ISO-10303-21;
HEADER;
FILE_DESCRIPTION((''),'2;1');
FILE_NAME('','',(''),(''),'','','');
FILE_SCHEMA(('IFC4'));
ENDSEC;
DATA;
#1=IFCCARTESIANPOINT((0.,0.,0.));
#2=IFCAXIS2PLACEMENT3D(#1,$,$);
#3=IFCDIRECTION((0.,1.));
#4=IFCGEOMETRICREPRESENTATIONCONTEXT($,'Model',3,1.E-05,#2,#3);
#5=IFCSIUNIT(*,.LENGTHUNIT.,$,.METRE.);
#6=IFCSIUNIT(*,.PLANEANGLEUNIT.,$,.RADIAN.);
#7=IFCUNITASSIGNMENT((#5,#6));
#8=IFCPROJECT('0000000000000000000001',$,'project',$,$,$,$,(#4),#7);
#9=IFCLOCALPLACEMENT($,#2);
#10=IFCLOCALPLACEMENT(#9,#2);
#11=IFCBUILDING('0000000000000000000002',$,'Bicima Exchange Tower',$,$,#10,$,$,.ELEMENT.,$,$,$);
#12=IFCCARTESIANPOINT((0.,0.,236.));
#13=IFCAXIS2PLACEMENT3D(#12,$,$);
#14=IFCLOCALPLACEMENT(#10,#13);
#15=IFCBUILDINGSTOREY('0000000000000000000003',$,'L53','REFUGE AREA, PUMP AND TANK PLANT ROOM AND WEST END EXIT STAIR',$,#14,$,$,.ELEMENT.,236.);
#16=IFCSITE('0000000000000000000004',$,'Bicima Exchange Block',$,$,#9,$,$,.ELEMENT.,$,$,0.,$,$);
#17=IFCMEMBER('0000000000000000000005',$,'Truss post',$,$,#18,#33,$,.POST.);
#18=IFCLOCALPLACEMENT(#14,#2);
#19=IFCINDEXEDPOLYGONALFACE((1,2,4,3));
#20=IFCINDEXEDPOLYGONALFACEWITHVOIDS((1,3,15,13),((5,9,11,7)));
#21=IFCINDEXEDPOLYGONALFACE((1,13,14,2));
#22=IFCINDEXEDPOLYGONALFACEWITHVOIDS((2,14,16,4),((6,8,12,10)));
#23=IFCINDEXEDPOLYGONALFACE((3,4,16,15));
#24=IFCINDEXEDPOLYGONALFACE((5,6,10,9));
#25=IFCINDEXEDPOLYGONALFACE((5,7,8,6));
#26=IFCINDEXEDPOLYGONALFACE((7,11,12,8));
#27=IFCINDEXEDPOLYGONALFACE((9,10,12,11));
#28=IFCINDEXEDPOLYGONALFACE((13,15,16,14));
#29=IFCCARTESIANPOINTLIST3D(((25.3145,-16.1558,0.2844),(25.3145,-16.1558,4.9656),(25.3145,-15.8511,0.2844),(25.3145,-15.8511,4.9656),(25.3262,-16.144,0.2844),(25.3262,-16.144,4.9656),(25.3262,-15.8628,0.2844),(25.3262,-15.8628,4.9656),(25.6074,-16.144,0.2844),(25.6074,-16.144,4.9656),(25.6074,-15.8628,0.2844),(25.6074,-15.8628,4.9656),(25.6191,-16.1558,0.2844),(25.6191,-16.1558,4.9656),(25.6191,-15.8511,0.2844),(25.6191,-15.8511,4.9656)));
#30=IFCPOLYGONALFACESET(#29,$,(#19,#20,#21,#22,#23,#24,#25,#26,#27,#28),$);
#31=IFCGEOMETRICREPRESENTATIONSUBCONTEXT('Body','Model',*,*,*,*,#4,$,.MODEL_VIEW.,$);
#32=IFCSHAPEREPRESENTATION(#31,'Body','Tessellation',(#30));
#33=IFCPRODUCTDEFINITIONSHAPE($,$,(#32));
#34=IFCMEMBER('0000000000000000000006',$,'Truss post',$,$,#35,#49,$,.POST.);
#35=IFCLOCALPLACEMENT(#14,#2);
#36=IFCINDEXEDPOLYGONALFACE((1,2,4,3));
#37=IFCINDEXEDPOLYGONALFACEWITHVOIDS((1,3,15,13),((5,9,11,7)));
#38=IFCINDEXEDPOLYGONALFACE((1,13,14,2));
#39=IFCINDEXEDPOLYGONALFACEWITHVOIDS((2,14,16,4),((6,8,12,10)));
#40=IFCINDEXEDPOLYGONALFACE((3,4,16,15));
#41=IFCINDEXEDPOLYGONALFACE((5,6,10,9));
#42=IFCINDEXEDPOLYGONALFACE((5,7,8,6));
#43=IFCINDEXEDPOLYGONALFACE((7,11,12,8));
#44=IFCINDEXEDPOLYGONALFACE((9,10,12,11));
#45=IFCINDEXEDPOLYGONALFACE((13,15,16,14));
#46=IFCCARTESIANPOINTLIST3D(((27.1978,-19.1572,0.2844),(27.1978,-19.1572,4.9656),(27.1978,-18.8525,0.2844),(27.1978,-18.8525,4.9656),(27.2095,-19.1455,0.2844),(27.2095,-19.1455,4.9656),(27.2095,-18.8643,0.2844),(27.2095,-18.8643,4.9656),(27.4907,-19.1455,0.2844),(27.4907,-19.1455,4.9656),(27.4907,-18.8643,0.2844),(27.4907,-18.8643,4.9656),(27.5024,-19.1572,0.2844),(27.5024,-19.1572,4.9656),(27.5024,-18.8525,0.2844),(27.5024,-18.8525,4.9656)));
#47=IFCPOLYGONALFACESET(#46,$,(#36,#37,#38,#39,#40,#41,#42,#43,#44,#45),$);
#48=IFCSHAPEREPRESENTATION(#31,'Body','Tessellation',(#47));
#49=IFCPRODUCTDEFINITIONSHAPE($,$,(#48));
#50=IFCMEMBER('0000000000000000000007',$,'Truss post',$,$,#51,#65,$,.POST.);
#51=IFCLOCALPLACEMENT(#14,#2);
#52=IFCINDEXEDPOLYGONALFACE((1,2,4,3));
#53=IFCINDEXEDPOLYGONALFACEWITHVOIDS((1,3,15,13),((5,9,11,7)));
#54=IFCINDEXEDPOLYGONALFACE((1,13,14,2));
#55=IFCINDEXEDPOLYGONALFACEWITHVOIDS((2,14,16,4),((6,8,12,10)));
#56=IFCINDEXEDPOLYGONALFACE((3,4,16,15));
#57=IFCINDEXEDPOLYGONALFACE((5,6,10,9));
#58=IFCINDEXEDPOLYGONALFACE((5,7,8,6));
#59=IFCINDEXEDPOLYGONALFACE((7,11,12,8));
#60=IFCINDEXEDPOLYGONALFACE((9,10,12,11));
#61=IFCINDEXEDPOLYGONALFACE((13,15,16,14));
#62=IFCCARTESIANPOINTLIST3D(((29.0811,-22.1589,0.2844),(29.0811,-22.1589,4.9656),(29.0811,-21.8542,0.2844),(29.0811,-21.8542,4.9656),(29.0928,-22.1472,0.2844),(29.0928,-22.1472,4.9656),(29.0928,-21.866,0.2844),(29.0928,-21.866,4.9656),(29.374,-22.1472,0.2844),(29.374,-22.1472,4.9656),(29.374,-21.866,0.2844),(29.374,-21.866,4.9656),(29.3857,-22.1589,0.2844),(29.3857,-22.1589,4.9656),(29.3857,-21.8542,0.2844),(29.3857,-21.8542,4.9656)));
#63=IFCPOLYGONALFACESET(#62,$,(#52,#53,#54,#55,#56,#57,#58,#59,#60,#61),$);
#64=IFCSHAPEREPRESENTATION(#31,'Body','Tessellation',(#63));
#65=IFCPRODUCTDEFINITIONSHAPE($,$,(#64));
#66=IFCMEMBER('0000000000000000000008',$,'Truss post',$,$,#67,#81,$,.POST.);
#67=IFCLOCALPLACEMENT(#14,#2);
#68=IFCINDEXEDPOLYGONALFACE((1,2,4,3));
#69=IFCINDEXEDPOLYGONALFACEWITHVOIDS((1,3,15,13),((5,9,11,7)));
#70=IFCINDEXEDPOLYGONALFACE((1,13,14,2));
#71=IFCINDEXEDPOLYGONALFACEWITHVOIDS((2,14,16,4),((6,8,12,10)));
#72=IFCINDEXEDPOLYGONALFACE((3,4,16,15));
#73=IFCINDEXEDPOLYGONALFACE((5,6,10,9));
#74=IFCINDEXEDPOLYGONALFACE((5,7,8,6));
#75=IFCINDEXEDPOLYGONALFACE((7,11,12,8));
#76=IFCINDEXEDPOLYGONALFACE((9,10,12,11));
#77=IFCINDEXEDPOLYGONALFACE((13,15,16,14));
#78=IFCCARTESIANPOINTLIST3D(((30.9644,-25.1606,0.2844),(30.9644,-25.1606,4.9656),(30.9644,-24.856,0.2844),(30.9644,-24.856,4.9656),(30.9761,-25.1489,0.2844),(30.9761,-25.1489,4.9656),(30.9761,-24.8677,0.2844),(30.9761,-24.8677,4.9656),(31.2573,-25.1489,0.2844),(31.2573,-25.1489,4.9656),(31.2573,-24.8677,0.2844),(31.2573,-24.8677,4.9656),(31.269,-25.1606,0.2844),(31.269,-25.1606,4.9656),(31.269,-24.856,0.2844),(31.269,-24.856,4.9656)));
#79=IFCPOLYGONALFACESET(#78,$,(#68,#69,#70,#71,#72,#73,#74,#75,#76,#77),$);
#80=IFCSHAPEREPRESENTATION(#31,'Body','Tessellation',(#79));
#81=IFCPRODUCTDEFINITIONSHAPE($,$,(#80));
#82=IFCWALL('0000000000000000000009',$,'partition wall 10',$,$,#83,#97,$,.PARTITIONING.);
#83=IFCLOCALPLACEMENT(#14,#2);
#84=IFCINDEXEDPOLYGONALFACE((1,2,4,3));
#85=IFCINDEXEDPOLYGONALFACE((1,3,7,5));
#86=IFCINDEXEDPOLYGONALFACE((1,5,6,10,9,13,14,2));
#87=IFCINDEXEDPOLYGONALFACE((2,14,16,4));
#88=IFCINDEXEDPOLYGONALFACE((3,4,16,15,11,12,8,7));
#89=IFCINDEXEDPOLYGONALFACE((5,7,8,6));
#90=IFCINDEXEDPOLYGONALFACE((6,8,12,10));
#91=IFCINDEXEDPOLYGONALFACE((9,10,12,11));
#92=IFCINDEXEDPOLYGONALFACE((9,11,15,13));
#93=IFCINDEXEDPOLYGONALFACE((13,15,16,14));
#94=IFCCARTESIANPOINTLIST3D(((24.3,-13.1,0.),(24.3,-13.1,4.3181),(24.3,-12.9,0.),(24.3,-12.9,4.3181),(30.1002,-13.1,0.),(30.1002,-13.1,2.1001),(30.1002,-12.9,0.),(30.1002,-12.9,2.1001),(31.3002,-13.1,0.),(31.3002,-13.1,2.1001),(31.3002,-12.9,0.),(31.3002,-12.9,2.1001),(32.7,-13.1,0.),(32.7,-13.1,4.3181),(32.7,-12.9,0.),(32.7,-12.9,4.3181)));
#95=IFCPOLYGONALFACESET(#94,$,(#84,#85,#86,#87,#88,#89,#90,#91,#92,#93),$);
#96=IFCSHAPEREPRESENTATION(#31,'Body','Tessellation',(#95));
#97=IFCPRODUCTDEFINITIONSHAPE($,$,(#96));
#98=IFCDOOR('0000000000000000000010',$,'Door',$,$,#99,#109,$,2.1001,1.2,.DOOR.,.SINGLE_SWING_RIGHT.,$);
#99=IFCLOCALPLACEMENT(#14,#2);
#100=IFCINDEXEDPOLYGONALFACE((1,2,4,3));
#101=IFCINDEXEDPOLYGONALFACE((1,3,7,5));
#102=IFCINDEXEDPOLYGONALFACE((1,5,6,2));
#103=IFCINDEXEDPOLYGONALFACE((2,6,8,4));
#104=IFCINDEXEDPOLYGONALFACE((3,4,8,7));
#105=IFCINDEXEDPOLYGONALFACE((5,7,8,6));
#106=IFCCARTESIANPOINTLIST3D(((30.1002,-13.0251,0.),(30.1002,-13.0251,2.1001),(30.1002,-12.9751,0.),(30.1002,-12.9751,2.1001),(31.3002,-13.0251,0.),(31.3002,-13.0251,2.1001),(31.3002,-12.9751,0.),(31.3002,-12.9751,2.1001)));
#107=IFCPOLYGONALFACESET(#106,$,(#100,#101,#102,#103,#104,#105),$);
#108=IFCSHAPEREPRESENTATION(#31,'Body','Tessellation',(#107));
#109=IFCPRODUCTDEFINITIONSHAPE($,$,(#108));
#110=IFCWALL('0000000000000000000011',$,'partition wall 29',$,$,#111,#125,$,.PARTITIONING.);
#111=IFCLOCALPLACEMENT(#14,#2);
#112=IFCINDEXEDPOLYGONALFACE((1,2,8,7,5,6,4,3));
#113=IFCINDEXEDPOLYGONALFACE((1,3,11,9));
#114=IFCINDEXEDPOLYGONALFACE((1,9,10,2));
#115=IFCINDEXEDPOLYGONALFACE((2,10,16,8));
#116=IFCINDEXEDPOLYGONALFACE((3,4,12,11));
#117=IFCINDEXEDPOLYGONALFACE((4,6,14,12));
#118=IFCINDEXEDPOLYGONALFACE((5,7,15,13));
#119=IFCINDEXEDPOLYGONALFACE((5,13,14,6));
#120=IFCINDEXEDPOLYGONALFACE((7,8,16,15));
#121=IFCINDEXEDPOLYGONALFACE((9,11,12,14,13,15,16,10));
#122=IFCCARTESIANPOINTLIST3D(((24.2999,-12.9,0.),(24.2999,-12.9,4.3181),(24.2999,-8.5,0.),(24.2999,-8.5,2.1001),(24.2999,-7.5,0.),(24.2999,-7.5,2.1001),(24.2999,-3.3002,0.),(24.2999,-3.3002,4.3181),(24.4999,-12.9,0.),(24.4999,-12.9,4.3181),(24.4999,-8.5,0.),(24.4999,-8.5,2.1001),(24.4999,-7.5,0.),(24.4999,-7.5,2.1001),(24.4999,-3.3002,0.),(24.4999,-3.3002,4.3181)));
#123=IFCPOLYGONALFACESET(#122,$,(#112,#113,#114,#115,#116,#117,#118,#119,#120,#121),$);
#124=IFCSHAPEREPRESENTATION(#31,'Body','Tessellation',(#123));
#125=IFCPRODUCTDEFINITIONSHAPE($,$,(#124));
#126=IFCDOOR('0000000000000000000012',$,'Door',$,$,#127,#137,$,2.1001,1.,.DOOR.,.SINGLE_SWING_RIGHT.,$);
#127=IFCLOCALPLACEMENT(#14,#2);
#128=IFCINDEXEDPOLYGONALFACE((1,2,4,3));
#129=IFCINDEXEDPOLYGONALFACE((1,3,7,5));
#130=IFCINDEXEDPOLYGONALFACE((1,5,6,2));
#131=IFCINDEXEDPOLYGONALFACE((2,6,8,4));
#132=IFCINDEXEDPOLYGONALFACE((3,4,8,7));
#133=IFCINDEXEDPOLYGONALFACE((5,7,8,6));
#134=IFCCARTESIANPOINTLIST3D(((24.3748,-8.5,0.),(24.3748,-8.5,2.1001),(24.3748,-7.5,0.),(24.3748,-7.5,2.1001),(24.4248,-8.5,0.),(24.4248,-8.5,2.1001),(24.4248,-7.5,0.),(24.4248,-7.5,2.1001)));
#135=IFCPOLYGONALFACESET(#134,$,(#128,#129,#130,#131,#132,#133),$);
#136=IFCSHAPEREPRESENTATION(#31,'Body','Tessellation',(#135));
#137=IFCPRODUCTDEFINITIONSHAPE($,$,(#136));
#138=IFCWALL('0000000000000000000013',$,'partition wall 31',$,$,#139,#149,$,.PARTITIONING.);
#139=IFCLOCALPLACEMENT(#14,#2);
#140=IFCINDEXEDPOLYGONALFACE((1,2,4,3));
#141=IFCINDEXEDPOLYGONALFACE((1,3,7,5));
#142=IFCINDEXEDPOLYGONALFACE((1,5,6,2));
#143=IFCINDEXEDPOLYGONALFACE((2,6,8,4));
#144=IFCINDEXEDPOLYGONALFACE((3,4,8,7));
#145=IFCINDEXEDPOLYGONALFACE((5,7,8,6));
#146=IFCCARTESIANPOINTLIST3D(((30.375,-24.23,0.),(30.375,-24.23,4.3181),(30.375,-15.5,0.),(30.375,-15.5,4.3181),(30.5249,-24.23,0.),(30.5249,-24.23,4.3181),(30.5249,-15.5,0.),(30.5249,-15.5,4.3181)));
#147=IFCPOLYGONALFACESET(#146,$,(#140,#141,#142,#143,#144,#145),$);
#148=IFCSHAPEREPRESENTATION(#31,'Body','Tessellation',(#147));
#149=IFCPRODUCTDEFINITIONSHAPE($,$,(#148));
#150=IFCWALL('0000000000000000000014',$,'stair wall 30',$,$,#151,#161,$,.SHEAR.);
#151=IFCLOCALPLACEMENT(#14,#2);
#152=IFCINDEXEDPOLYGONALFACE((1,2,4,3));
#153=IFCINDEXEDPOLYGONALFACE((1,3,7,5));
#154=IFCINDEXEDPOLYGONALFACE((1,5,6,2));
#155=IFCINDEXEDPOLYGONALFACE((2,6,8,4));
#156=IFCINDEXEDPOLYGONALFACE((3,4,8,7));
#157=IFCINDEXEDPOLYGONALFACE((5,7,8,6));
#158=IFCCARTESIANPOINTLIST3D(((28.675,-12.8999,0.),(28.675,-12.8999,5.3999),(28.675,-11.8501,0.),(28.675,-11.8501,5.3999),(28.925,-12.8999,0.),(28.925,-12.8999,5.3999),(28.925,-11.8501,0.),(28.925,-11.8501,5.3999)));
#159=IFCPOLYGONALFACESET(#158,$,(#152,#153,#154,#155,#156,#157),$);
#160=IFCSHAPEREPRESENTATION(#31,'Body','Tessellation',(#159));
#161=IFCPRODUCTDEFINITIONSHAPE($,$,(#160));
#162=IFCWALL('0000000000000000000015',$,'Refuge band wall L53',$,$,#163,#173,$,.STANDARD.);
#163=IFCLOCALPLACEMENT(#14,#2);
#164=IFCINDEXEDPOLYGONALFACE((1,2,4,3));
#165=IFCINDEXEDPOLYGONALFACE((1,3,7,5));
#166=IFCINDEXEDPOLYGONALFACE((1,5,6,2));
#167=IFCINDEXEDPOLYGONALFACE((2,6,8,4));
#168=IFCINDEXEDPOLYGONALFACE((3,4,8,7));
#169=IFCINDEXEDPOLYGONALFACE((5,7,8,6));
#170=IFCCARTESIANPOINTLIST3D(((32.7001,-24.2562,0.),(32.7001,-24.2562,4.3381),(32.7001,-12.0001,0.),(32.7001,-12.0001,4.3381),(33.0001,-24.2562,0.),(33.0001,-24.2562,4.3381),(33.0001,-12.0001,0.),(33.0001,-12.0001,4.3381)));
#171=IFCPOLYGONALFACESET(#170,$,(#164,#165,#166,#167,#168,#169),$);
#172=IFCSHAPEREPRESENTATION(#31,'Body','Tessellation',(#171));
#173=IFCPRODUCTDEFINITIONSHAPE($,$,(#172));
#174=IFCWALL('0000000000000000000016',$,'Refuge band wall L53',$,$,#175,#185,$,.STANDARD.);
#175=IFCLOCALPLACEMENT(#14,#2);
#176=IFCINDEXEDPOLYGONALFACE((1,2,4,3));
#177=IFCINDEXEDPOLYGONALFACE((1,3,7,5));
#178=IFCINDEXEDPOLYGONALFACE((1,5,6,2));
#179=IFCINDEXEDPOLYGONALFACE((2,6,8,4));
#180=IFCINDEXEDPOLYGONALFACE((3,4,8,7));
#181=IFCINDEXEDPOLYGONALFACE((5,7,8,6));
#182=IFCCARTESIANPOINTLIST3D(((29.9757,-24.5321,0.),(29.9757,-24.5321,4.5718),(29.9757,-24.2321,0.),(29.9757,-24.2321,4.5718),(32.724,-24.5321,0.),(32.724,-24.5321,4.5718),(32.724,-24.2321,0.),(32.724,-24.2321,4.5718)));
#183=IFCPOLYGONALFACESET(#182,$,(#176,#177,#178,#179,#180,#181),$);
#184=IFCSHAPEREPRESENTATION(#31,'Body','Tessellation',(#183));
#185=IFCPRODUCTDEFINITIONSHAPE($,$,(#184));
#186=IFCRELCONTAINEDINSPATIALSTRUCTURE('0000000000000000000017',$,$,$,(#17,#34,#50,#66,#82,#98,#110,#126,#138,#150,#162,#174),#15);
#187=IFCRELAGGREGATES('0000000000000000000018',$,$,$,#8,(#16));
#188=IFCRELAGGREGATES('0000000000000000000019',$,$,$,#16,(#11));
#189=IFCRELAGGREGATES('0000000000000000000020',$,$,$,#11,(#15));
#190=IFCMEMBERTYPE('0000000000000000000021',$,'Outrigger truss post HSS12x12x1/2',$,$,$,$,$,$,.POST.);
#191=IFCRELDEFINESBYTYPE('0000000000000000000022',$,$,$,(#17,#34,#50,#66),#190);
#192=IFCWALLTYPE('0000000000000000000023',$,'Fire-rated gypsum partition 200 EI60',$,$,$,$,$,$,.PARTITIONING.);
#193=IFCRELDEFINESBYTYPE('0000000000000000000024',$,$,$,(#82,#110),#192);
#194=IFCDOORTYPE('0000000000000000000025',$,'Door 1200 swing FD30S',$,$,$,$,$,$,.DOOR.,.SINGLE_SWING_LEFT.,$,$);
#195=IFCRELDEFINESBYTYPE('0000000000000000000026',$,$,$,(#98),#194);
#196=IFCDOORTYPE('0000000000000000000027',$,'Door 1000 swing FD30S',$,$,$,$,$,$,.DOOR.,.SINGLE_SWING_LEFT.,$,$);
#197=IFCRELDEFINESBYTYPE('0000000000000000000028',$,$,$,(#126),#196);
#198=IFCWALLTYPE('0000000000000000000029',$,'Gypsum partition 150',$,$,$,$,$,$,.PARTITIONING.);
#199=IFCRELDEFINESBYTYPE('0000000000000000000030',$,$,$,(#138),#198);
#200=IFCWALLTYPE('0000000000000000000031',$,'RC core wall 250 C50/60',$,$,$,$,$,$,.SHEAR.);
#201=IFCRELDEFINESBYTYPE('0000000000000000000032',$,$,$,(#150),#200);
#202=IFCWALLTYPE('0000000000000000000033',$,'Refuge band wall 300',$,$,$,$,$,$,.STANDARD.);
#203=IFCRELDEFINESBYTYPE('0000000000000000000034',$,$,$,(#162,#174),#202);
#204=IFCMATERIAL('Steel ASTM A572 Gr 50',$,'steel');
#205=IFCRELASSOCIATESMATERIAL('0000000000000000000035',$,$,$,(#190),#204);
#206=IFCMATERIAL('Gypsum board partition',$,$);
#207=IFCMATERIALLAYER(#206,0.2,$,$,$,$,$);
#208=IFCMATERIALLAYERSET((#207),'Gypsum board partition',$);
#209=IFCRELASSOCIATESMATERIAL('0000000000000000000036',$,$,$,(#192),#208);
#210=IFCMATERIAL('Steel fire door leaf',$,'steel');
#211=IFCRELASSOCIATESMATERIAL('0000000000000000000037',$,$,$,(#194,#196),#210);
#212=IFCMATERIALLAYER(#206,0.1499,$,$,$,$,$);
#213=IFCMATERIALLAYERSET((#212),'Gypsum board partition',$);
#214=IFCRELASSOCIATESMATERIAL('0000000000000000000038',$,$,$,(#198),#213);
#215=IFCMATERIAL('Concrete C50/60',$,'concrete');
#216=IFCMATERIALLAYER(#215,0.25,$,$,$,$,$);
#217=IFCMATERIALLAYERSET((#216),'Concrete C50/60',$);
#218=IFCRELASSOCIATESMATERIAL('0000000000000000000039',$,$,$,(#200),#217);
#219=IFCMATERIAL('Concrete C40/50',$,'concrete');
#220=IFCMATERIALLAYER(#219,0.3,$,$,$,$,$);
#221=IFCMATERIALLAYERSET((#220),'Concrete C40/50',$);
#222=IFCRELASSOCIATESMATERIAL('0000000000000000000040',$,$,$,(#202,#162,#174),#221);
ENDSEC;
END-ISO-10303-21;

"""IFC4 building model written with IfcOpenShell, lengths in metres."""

from ifc_helpers import new_model, si_unit, direction, frame, frame_2d, origin, origin_2d, place, context, subcontext, project, spatial, rectangle, hollow_rectangle, extrude, material, layer, layer_set, layer_usage, material_profile, profile_set, type_object, element, fill, save


model = new_model("IFC4")

# Units and contexts
model_context = context("Model", 3, precision=1e-05, world=origin(), true_north=direction((0.0, 1.0)))
body_context = subcontext(model_context, "Body", "Model", "MODEL_VIEW")
ifc_project = project(units=[si_unit("LENGTHUNIT", "METRE"), si_unit("PLANEANGLEUNIT", "RADIAN")], contexts=[model_context])

# Site, building, storey
site_placement = place(None, origin())
site = spatial("IfcSite", under=ifc_project, at=site_placement, Name="Bicima Exchange Block", CompositionType="ELEMENT", RefElevation=0.0)
building_placement = place(site_placement, origin())
building = spatial("IfcBuilding", under=site, at=building_placement, Name="Bicima Exchange Tower", CompositionType="ELEMENT")
storey_placement = place(building_placement, frame((0.0, 0.0, 236.0)))
storey = spatial("IfcBuildingStorey", under=building, at=storey_placement, Name="L53", Description="REFUGE AREA, PUMP AND TANK PLANT ROOM AND WEST END EXIT STAIR", CompositionType="ELEMENT", Elevation=236.0)

# Shared definitions
ifc_material_1 = material(Name="Steel ASTM A572 Gr 50", Category="steel")
ifc_material_profile_1 = material_profile(ifc_material_1, hollow_rectangle(XDim=0.3047, YDim=0.3047, WallThickness=0.0117, at=origin_2d()))
ifc_profile_set_1 = profile_set([ifc_material_profile_1], Name="Steel ASTM A572 Gr 50")

# Members
member_type_1 = type_object("IfcMemberType", Name="Outrigger truss post HSS12x12x1/2", PredefinedType="POST", material=ifc_profile_set_1)
for number, where, z_axis, x_axis, name in (
    (1, (25.4668, -16.0034, 0.2844), (0.0, 0.0, 1.0), (1.0, 0.0, 0.0), "Truss post"),
    (2, (27.3501, -19.0049, 0.2844), (0.0, 0.0, 1.0), (1.0, 0.0, 0.0), "Truss post"),
    (3, (29.2334, -22.0066, 0.2844), (0.0, 0.0, 1.0), (1.0, 0.0, 0.0), "Truss post"),
    (4, (31.1167, -25.0083, 0.2844), (0.0, 0.0, 1.0), (1.0, 0.0, 0.0), "Truss post"),
):
    element("IfcMember", number, at=place(storey_placement, frame(where, z_axis=z_axis, x_axis=x_axis)), inside=storey, type_object=member_type_1, Name=name, PredefinedType="POST", context=body_context, shape_type="SweptSolid", body=[
        extrude(hollow_rectangle(XDim=0.3047, YDim=0.3047, WallThickness=0.0117, at=origin_2d()), origin(), (0.0, 0.0, 1.0), 4.6812),
    ])

# Walls, openings, doors
ifc_material_2 = material(Name="Gypsum board partition")
ifc_layer_1 = layer(ifc_material_2, 0.2)
ifc_layer_set_1 = layer_set([ifc_layer_1], Name="Gypsum board partition")
wall_type_1 = type_object("IfcWallType", Name="Fire-rated gypsum partition 200 EI60", PredefinedType="PARTITIONING", material=ifc_layer_set_1)
wall_1_placement = place(storey_placement, frame((24.3, -13.0, 0.0), z_axis=(0.0, 0.0, 1.0), x_axis=(1.0, 0.0, 0.0)))
wall_1 = element("IfcWall", 5, at=wall_1_placement, inside=storey, type_object=wall_type_1, Name="partition wall 10", PredefinedType="PARTITIONING", context=body_context, shape_type="SweptSolid", body=[
    extrude(rectangle(XDim=8.3999, YDim=0.2, at=frame_2d((4.2, 0.0))), origin(), (0.0, 0.0, 1.0), 4.3181),
])
opening_1_placement = place(wall_1_placement, frame((5.8, 0.0, 0.0)))
opening_1 = element("IfcOpeningElement", 6, at=opening_1_placement, cuts=wall_1, PredefinedType="OPENING", context=body_context, shape_type="SweptSolid", body=[
    extrude(rectangle(XDim=1.2, YDim=2.1001, at=frame_2d((0.6001, 1.05))), frame((0.0, 0.1118, 0.0), z_axis=(0.0, -1.0, 0.0), x_axis=(1.0, 0.0, 0.0)), (0.0, 0.0, 1.0), 0.2239),
])
ifc_material_3 = material(Name="Steel fire door leaf", Category="steel")
door_type_1 = type_object("IfcDoorType", Name="Door 1200 swing FD30S", OperationType="SINGLE_SWING_LEFT", PredefinedType="DOOR", material=ifc_material_3)
door_1_placement = place(opening_1_placement, origin())
door_1 = element("IfcDoor", 7, at=door_1_placement, inside=storey, type_object=door_type_1, Name="Door", OperationType="SINGLE_SWING_RIGHT", OverallHeight=2.1001, OverallWidth=1.2, PredefinedType="DOOR", context=body_context, shape_type="SweptSolid", body=[
    extrude(rectangle(XDim=1.2, YDim=2.1001, at=frame_2d((0.6001, 1.05))), frame((0.0, 0.0249, 0.0), z_axis=(0.0, -1.0, 0.0), x_axis=(1.0, 0.0, 0.0)), (0.0, 0.0, 1.0), 0.05),
])
fill(opening_1, door_1)
wall_2_placement = place(storey_placement, frame((24.3999, -12.8999, 0.0), z_axis=(0.0, 0.0, 1.0), x_axis=(0.0, 1.0, 0.0)))
wall_2 = element("IfcWall", 8, at=wall_2_placement, inside=storey, type_object=wall_type_1, Name="partition wall 29", PredefinedType="PARTITIONING", context=body_context, shape_type="SweptSolid", body=[
    extrude(rectangle(XDim=9.5999, YDim=0.2, at=frame_2d((4.7998, 0.0))), origin(), (0.0, 0.0, 1.0), 4.3181),
])
opening_2_placement = place(wall_2_placement, frame((4.3999, 0.0, 0.0)))
opening_2 = element("IfcOpeningElement", 9, at=opening_2_placement, cuts=wall_2, PredefinedType="OPENING", context=body_context, shape_type="SweptSolid", body=[
    extrude(rectangle(XDim=1.0, YDim=2.1001, at=frame_2d((0.5, 1.05))), frame((0.0, 0.1118, 0.0), z_axis=(0.0, -1.0, 0.0), x_axis=(1.0, 0.0, 0.0)), (0.0, 0.0, 1.0), 0.2239),
])
door_type_2 = type_object("IfcDoorType", Name="Door 1000 swing FD30S", OperationType="SINGLE_SWING_LEFT", PredefinedType="DOOR", material=ifc_material_3)
door_2_placement = place(opening_2_placement, frame((1.0, 0.0, 0.0), z_axis=(0.0, 0.0, 1.0), x_axis=(-1.0, 0.0, 0.0)))
door_2 = element("IfcDoor", 10, at=door_2_placement, inside=storey, type_object=door_type_2, Name="Door", OperationType="SINGLE_SWING_RIGHT", OverallHeight=2.1001, OverallWidth=1.0, PredefinedType="DOOR", context=body_context, shape_type="SweptSolid", body=[
    extrude(rectangle(XDim=1.0, YDim=2.1001, at=frame_2d((0.5, 1.05))), frame((0.0, 0.0249, 0.0), z_axis=(0.0, -1.0, 0.0), x_axis=(1.0, 0.0, 0.0)), (0.0, 0.0, 1.0), 0.05),
])
fill(opening_2, door_2)

# Walls
ifc_layer_2 = layer(ifc_material_2, 0.1499)
ifc_layer_set_2 = layer_set([ifc_layer_2], Name="Gypsum board partition")
wall_type_2 = type_object("IfcWallType", Name="Gypsum partition 150", PredefinedType="PARTITIONING", material=ifc_layer_set_2)
wall_3_placement = place(storey_placement, frame((30.45, -24.23, 0.0), z_axis=(0.0, 0.0, 1.0), x_axis=(0.0, 1.0, 0.0)))
element("IfcWall", 11, at=wall_3_placement, inside=storey, type_object=wall_type_2, Name="partition wall 31", PredefinedType="PARTITIONING", context=body_context, shape_type="SweptSolid", body=[
    extrude(rectangle(XDim=8.73, YDim=0.1499, at=frame_2d((4.365, 0.0))), origin(), (0.0, 0.0, 1.0), 4.3181),
])
ifc_material_4 = material(Name="Concrete C50/60", Category="concrete")
ifc_layer_3 = layer(ifc_material_4, 0.25)
ifc_layer_set_3 = layer_set([ifc_layer_3], Name="Concrete C50/60")
wall_type_3 = type_object("IfcWallType", Name="RC core wall 250 C50/60", PredefinedType="SHEAR", material=ifc_layer_set_3)
wall_4_placement = place(storey_placement, frame((28.8, -12.8999, 0.0), z_axis=(0.0, 0.0, 1.0), x_axis=(0.0, 1.0, 0.0)))
element("IfcWall", 12, at=wall_4_placement, inside=storey, type_object=wall_type_3, Name="stair wall 30", PredefinedType="SHEAR", context=body_context, shape_type="SweptSolid", body=[
    extrude(rectangle(XDim=1.0498, YDim=0.25, at=frame_2d((0.5249, 0.0))), origin(), (0.0, 0.0, 1.0), 5.3999),
])
ifc_material_5 = material(Name="Concrete C40/50", Category="concrete")
ifc_layer_4 = layer(ifc_material_5, 0.3)
ifc_layer_set_4 = layer_set([ifc_layer_4], Name="Concrete C40/50")
ifc_layer_usage = layer_usage(ifc_layer_set_4, "AXIS2", "POSITIVE", -0.15)
wall_type_4 = type_object("IfcWallType", Name="Refuge band wall 300", PredefinedType="STANDARD", material=ifc_layer_set_4)
wall_5_placement = place(storey_placement, frame((32.8501, -24.2561, 0.0), z_axis=(0.0, 0.0, 1.0), x_axis=(0.0, 1.0, 0.0)))
element("IfcWall", 13, at=wall_5_placement, inside=storey, type_object=wall_type_4, material=ifc_layer_usage, Name="Refuge band wall L53", PredefinedType="STANDARD", context=body_context, shape_type="SweptSolid", body=[
    extrude(rectangle(XDim=12.2561, YDim=0.3, at=frame_2d((6.1279, 0.0))), origin(), (0.0, 0.0, 1.0), 4.3381),
])
wall_6_placement = place(storey_placement, frame((29.9758, -24.3821, 0.0), z_axis=(0.0, 0.0, 1.0), x_axis=(1.0, 0.0, 0.0)))
element("IfcWall", 14, at=wall_6_placement, inside=storey, type_object=wall_type_4, material=ifc_layer_usage, Name="Refuge band wall L53", PredefinedType="STANDARD", context=body_context, shape_type="SweptSolid", body=[
    extrude(rectangle(XDim=2.7483, YDim=0.3, at=frame_2d((1.374, 0.0))), origin(), (0.0, 0.0, 1.0), 4.5718),
])

save(model, "model.ifc")
